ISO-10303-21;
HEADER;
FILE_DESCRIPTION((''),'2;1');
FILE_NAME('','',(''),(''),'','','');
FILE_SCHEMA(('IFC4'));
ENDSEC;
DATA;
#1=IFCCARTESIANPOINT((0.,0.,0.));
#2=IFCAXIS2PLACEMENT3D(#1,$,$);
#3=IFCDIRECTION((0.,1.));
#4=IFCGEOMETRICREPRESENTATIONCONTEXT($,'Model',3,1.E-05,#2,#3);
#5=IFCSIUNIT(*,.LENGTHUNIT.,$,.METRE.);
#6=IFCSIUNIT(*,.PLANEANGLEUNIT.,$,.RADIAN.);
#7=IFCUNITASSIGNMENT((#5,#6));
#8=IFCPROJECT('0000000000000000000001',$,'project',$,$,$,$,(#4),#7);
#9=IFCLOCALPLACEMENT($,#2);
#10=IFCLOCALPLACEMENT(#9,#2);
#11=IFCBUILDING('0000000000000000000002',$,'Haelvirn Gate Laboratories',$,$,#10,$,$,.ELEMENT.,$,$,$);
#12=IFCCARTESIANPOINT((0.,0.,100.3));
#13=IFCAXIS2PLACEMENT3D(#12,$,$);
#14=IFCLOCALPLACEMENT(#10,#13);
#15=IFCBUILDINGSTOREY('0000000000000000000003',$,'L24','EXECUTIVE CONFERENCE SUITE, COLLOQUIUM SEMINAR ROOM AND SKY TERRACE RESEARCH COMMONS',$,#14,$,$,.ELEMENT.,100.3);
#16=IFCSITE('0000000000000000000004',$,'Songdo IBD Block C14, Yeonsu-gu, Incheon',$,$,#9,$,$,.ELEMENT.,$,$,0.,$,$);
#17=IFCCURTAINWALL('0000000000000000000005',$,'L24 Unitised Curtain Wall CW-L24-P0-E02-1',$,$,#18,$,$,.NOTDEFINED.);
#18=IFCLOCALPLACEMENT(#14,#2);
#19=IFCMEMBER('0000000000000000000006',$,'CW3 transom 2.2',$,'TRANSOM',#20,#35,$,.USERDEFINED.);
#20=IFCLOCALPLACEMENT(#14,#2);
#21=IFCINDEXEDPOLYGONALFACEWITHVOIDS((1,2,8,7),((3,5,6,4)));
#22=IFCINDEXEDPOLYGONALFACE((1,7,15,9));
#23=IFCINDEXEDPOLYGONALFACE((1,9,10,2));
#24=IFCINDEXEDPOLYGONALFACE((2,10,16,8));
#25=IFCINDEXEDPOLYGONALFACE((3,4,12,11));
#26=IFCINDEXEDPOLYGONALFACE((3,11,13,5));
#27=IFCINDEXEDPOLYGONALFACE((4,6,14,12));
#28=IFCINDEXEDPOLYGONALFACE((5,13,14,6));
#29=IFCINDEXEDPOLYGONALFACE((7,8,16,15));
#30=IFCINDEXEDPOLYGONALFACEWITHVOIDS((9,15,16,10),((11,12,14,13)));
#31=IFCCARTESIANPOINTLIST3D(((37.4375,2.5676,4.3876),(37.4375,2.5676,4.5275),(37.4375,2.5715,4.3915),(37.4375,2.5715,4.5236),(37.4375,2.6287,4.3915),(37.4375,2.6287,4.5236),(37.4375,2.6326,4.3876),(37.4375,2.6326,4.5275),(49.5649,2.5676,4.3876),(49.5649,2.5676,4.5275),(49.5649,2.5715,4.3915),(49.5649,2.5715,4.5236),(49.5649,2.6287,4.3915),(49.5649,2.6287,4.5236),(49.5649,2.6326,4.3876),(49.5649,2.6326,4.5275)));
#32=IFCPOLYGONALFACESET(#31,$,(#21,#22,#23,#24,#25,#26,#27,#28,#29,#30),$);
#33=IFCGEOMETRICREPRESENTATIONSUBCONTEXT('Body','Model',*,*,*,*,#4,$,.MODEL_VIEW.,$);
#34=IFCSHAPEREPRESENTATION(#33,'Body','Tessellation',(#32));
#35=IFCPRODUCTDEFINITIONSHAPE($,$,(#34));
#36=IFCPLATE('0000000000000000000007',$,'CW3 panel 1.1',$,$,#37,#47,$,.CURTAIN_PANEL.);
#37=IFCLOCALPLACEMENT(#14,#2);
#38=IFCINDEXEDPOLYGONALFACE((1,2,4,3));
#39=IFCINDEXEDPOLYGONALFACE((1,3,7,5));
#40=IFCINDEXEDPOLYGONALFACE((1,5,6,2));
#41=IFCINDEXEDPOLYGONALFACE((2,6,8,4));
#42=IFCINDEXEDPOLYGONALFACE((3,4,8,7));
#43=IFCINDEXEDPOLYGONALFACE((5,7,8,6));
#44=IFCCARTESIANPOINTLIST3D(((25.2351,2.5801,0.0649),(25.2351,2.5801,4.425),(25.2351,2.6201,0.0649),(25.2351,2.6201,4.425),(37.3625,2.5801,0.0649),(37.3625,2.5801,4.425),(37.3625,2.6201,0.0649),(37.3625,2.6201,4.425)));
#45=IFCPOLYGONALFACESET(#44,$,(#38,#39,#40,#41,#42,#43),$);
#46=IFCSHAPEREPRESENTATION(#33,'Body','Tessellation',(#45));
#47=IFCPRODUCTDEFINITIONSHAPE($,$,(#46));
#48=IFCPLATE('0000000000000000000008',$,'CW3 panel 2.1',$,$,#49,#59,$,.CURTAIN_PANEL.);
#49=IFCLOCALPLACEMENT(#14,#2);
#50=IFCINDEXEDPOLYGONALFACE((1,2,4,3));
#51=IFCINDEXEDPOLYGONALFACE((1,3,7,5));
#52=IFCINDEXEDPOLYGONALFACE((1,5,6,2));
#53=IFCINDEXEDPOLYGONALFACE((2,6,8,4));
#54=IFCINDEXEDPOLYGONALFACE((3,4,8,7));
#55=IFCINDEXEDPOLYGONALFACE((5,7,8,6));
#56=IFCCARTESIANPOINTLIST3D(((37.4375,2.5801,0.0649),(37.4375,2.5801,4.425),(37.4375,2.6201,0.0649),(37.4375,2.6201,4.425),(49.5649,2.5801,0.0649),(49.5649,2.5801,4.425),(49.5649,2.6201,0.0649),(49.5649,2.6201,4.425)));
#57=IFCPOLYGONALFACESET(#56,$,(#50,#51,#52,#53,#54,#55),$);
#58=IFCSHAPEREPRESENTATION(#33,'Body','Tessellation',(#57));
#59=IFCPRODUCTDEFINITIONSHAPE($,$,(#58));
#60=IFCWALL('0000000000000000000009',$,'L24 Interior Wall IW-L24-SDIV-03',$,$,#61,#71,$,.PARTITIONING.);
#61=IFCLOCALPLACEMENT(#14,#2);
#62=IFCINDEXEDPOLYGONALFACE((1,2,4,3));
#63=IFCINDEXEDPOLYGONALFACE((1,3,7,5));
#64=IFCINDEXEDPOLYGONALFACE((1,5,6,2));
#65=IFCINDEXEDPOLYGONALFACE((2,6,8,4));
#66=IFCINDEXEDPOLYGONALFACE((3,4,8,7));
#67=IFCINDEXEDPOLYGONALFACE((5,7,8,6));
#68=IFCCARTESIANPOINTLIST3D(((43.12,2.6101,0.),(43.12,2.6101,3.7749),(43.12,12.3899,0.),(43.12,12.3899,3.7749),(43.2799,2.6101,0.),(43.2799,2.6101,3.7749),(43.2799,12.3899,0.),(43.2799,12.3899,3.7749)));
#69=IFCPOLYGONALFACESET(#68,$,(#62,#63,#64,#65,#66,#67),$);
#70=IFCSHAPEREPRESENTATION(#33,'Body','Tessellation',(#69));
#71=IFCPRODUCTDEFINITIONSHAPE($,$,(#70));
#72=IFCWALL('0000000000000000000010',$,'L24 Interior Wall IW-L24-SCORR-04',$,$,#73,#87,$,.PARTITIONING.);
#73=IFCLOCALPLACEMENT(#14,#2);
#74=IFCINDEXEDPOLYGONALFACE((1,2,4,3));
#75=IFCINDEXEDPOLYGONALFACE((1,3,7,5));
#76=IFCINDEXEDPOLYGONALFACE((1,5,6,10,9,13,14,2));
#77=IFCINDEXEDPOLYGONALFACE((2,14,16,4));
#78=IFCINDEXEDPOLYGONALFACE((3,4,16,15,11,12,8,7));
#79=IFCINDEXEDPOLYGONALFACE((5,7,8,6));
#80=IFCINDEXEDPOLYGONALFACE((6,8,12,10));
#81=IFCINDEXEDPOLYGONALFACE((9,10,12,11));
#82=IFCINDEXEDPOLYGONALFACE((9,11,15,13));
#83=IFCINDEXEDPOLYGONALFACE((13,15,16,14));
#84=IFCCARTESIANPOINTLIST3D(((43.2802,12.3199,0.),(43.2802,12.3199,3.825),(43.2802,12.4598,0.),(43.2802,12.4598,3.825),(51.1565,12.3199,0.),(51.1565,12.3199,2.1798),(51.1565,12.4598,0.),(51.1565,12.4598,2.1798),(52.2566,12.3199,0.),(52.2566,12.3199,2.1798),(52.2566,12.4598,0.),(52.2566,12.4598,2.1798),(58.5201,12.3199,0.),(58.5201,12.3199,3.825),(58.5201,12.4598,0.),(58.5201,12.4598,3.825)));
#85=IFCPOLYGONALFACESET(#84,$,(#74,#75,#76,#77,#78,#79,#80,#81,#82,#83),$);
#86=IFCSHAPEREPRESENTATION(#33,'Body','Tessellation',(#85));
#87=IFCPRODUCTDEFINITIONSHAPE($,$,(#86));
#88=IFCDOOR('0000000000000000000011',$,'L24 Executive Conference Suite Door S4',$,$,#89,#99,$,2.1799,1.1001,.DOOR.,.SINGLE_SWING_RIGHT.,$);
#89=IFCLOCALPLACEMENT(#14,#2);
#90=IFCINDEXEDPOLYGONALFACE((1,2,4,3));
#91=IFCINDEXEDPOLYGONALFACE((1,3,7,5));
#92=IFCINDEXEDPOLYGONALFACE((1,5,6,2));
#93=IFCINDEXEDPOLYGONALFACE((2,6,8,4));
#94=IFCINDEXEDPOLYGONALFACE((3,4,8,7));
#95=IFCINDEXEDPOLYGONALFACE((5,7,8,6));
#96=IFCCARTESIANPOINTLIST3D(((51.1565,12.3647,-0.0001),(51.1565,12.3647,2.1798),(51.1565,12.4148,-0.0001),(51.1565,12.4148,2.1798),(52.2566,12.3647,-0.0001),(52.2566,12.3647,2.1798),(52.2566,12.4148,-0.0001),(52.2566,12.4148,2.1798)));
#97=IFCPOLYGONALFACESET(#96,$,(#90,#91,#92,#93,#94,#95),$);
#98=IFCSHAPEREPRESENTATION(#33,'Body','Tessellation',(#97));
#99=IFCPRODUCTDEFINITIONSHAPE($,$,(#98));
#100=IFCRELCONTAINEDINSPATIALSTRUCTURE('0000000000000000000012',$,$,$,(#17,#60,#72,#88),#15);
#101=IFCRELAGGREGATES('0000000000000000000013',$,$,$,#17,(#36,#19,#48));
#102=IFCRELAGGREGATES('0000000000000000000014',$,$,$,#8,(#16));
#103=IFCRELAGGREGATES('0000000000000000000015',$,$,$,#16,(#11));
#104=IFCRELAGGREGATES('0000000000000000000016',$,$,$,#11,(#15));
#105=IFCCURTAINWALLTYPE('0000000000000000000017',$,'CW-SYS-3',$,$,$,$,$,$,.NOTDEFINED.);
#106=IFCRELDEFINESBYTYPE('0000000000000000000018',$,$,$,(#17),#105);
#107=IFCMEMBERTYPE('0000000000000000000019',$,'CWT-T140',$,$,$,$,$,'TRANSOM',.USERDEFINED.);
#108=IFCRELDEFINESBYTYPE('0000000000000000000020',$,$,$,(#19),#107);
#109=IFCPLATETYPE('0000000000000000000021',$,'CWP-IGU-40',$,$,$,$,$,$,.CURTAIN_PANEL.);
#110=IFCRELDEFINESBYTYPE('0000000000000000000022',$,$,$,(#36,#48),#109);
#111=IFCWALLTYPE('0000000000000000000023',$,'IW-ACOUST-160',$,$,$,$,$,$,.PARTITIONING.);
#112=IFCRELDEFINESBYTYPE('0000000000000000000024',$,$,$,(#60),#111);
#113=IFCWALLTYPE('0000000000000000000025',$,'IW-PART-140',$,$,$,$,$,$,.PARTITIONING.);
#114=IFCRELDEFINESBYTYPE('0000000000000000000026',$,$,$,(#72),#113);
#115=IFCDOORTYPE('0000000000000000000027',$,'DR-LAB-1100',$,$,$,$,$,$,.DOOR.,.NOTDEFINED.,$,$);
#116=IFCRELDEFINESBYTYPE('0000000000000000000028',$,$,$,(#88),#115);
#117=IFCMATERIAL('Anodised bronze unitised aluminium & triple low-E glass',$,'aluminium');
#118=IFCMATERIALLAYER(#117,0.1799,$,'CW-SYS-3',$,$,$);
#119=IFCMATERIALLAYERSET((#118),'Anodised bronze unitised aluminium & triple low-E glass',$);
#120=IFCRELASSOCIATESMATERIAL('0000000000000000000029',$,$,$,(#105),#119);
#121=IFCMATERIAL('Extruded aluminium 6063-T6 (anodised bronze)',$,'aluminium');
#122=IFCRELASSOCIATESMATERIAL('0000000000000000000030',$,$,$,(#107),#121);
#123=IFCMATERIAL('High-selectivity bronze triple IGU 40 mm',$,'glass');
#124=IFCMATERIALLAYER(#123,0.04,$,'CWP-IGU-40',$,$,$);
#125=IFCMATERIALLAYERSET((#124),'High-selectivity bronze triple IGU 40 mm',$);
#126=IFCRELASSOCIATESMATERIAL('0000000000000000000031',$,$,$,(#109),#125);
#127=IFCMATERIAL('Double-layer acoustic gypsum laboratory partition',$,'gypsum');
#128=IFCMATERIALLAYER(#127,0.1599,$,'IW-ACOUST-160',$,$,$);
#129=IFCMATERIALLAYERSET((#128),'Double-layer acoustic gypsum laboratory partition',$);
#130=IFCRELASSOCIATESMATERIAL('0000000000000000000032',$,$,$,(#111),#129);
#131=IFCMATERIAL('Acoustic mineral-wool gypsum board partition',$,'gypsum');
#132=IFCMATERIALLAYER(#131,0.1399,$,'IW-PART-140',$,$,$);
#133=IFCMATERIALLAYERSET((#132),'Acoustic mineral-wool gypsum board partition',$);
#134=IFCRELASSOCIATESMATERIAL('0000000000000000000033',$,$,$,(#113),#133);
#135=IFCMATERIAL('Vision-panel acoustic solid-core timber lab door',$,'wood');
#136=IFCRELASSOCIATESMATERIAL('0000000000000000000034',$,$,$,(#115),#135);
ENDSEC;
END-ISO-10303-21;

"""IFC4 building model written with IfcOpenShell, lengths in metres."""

from ifc_helpers import new_model, si_unit, direction, frame, frame_2d, origin, origin_2d, place, context, subcontext, project, spatial, rectangle, hollow_rectangle, extrude, source, transform, mapped, material, layer, layer_set, material_profile, profile_set, type_object, type_shapes, element, fill, aggregate, save


model = new_model("IFC4")

# Units and contexts
model_context = context("Model", 3, precision=1e-05, world=origin(), true_north=direction((0.0, 1.0)))
body_context = subcontext(model_context, "Body", "Model", "MODEL_VIEW")
ifc_project = project(units=[si_unit("LENGTHUNIT", "METRE"), si_unit("PLANEANGLEUNIT", "RADIAN")], contexts=[model_context])

# Site, building, storey
site_placement = place(None, origin())
site = spatial("IfcSite", under=ifc_project, at=site_placement, Name="Songdo IBD Block C14, Yeonsu-gu, Incheon", CompositionType="ELEMENT", RefElevation=0.0)
building_placement = place(site_placement, origin())
building = spatial("IfcBuilding", under=site, at=building_placement, Name="Haelvirn Gate Laboratories", CompositionType="ELEMENT")
storey_placement = place(building_placement, frame((0.0, 0.0, 100.3)))
storey = spatial("IfcBuildingStorey", under=building, at=storey_placement, Name="L24", Description="EXECUTIVE CONFERENCE SUITE, COLLOQUIUM SEMINAR ROOM AND SKY TERRACE RESEARCH COMMONS", CompositionType="ELEMENT", Elevation=100.3)

# Curtain wall, member, plates
ifc_material_1 = material(Name="Anodised bronze unitised aluminium & triple low-E glass", Category="aluminium")
ifc_layer_1 = layer(ifc_material_1, 0.1799, Name="CW-SYS-3")
ifc_layer_set_1 = layer_set([ifc_layer_1], Name="Anodised bronze unitised aluminium & triple low-E glass")
curtain_wall_type = type_object("IfcCurtainWallType", Name="CW-SYS-3", PredefinedType="NOTDEFINED", material=ifc_layer_set_1)
curtain_wall_placement = place(storey_placement, origin())
curtain_wall = element("IfcCurtainWall", 1, at=curtain_wall_placement, inside=storey, type_object=curtain_wall_type, Name="L24 Unitised Curtain Wall CW-L24-P0-E02-1", PredefinedType="NOTDEFINED")
ifc_material_2 = material(Name="Extruded aluminium 6063-T6 (anodised bronze)", Category="aluminium")
ifc_material_profile_1 = material_profile(ifc_material_2, hollow_rectangle(XDim=0.0649, YDim=0.1399, WallThickness=0.0039, at=origin_2d()), Name="CWT-140x65x4")
ifc_profile_set_1 = profile_set([ifc_material_profile_1], Name="Extruded aluminium 6063-T6 (anodised bronze)")
member_type_1 = type_object("IfcMemberType", Name="CWT-T140", ElementType="TRANSOM", PredefinedType="USERDEFINED", material=ifc_profile_set_1)
shared_shape_1 = source(origin(), body_context, "Body", "SweptSolid", [
    extrude(hollow_rectangle(XDim=0.0649, YDim=0.1399, WallThickness=0.0039, at=origin_2d()), origin(), (0.0, 0.0, 1.0), 12.1274),
])
type_shapes(member_type_1, [shared_shape_1])
member_1_placement = place(storey_placement, frame((37.4375, 2.6001, 4.4575), z_axis=(1.0, 0.0, 0.0), x_axis=(0.0, 1.0, 0.0)))
member_1 = element("IfcMember", 2, at=member_1_placement, type_object=member_type_1, Name="CW3 transom 2.2", ObjectType="TRANSOM", PredefinedType="USERDEFINED", context=body_context, shape_type="MappedRepresentation", body=[
    mapped(shared_shape_1, transform((0.0, 0.0, 0.0), scale=1.0)),
])
ifc_material_3 = material(Name="High-selectivity bronze triple IGU 40 mm", Category="glass")
ifc_layer_2 = layer(ifc_material_3, 0.04, Name="CWP-IGU-40")
ifc_layer_set_2 = layer_set([ifc_layer_2], Name="High-selectivity bronze triple IGU 40 mm")
plate_type = type_object("IfcPlateType", Name="CWP-IGU-40", PredefinedType="CURTAIN_PANEL", material=ifc_layer_set_2)
shared_shape_2 = source(origin(), body_context, "Body", "SweptSolid", [
    extrude(rectangle(XDim=12.1274, YDim=0.04, at=origin_2d()), origin(), (0.0, 0.0, 1.0), 4.3601),
])
type_shapes(plate_type, [shared_shape_2])
plate_1_placement = place(storey_placement, frame((31.2988, 2.6001, 0.0649), z_axis=(0.0, 0.0, 1.0), x_axis=(1.0, 0.0, 0.0)))
plate_1 = element("IfcPlate", 3, at=plate_1_placement, type_object=plate_type, Name="CW3 panel 1.1", PredefinedType="CURTAIN_PANEL", context=body_context, shape_type="MappedRepresentation", body=[
    mapped(shared_shape_2, transform((0.0, 0.0, 0.0), scale=1.0)),
])
plate_2_placement = place(storey_placement, frame((43.5012, 2.6001, 0.0649), z_axis=(0.0, 0.0, 1.0), x_axis=(1.0, 0.0, 0.0)))
plate_2 = element("IfcPlate", 4, at=plate_2_placement, type_object=plate_type, Name="CW3 panel 2.1", PredefinedType="CURTAIN_PANEL", context=body_context, shape_type="MappedRepresentation", body=[
    mapped(shared_shape_2, transform((0.0, 0.0, 0.0), scale=1.0)),
])
aggregate(curtain_wall, [plate_1, member_1, plate_2])

# Wall
ifc_material_4 = material(Name="Double-layer acoustic gypsum laboratory partition", Category="gypsum")
ifc_layer_3 = layer(ifc_material_4, 0.1599, Name="IW-ACOUST-160")
ifc_layer_set_3 = layer_set([ifc_layer_3], Name="Double-layer acoustic gypsum laboratory partition")
wall_type_1 = type_object("IfcWallType", Name="IW-ACOUST-160", PredefinedType="PARTITIONING", material=ifc_layer_set_3)
wall_1_placement = place(storey_placement, frame((43.2, 2.6101, 0.0), z_axis=(0.0, 0.0, 1.0), x_axis=(0.0, 1.0, 0.0)))
element("IfcWall", 5, at=wall_1_placement, inside=storey, type_object=wall_type_1, Name="L24 Interior Wall IW-L24-SDIV-03", PredefinedType="PARTITIONING", context=body_context, shape_type="SweptSolid", body=[
    extrude(rectangle(XDim=9.7798, YDim=0.1599, at=frame_2d((4.8899, 0.0))), origin(), (0.0, 0.0, 1.0), 3.7749),
])

# Wall, opening, door
ifc_material_5 = material(Name="Acoustic mineral-wool gypsum board partition", Category="gypsum")
ifc_layer_4 = layer(ifc_material_5, 0.1399, Name="IW-PART-140")
ifc_layer_set_4 = layer_set([ifc_layer_4], Name="Acoustic mineral-wool gypsum board partition")
wall_type_2 = type_object("IfcWallType", Name="IW-PART-140", PredefinedType="PARTITIONING", material=ifc_layer_set_4)
wall_2_placement = place(storey_placement, frame((43.28, 12.3899, 0.0), z_axis=(0.0, 0.0, 1.0), x_axis=(1.0, 0.0, 0.0)))
wall_2 = element("IfcWall", 6, at=wall_2_placement, inside=storey, type_object=wall_type_2, Name="L24 Interior Wall IW-L24-SCORR-04", PredefinedType="PARTITIONING", context=body_context, shape_type="SweptSolid", body=[
    extrude(rectangle(XDim=15.24, YDim=0.1399, at=frame_2d((7.6201, 0.0))), origin(), (0.0, 0.0, 1.0), 3.825),
])
opening_placement = place(wall_2_placement, frame((7.8765, 0.0, 0.0)))
opening = element("IfcOpeningElement", 7, at=opening_placement, cuts=wall_2, PredefinedType="OPENING", context=body_context, shape_type="SweptSolid", body=[
    extrude(rectangle(XDim=1.1001, YDim=2.1799, at=frame_2d((0.55, 1.0898))), frame((0.0, 0.0801, 0.0), z_axis=(0.0, -1.0, 0.0), x_axis=(1.0, 0.0, 0.0)), (0.0, 0.0, 1.0), 0.1599),
])
ifc_material_6 = material(Name="Vision-panel acoustic solid-core timber lab door", Category="wood")
door_type = type_object("IfcDoorType", Name="DR-LAB-1100", OperationType="NOTDEFINED", PredefinedType="DOOR", material=ifc_material_6)
shared_shape_3 = source(origin(), body_context, "Body", "SweptSolid", [
    extrude(rectangle(XDim=1.1001, YDim=2.1799, at=frame_2d((0.55, 1.0898))), frame((0.0, 0.0249, 0.0), z_axis=(0.0, -1.0, 0.0), x_axis=(1.0, 0.0, 0.0)), (0.0, 0.0, 1.0), 0.05),
])
type_shapes(door_type, [shared_shape_3])
door_placement = place(opening_placement, origin())
door = element("IfcDoor", 8, at=door_placement, inside=storey, type_object=door_type, Name="L24 Executive Conference Suite Door S4", OperationType="SINGLE_SWING_RIGHT", OverallHeight=2.1799, OverallWidth=1.1001, PredefinedType="DOOR", context=body_context, shape_type="MappedRepresentation", body=[
    mapped(shared_shape_3, transform((0.0, 0.0, 0.0), scale=1.0)),
])
fill(opening, door)

save(model, "model.ifc")
